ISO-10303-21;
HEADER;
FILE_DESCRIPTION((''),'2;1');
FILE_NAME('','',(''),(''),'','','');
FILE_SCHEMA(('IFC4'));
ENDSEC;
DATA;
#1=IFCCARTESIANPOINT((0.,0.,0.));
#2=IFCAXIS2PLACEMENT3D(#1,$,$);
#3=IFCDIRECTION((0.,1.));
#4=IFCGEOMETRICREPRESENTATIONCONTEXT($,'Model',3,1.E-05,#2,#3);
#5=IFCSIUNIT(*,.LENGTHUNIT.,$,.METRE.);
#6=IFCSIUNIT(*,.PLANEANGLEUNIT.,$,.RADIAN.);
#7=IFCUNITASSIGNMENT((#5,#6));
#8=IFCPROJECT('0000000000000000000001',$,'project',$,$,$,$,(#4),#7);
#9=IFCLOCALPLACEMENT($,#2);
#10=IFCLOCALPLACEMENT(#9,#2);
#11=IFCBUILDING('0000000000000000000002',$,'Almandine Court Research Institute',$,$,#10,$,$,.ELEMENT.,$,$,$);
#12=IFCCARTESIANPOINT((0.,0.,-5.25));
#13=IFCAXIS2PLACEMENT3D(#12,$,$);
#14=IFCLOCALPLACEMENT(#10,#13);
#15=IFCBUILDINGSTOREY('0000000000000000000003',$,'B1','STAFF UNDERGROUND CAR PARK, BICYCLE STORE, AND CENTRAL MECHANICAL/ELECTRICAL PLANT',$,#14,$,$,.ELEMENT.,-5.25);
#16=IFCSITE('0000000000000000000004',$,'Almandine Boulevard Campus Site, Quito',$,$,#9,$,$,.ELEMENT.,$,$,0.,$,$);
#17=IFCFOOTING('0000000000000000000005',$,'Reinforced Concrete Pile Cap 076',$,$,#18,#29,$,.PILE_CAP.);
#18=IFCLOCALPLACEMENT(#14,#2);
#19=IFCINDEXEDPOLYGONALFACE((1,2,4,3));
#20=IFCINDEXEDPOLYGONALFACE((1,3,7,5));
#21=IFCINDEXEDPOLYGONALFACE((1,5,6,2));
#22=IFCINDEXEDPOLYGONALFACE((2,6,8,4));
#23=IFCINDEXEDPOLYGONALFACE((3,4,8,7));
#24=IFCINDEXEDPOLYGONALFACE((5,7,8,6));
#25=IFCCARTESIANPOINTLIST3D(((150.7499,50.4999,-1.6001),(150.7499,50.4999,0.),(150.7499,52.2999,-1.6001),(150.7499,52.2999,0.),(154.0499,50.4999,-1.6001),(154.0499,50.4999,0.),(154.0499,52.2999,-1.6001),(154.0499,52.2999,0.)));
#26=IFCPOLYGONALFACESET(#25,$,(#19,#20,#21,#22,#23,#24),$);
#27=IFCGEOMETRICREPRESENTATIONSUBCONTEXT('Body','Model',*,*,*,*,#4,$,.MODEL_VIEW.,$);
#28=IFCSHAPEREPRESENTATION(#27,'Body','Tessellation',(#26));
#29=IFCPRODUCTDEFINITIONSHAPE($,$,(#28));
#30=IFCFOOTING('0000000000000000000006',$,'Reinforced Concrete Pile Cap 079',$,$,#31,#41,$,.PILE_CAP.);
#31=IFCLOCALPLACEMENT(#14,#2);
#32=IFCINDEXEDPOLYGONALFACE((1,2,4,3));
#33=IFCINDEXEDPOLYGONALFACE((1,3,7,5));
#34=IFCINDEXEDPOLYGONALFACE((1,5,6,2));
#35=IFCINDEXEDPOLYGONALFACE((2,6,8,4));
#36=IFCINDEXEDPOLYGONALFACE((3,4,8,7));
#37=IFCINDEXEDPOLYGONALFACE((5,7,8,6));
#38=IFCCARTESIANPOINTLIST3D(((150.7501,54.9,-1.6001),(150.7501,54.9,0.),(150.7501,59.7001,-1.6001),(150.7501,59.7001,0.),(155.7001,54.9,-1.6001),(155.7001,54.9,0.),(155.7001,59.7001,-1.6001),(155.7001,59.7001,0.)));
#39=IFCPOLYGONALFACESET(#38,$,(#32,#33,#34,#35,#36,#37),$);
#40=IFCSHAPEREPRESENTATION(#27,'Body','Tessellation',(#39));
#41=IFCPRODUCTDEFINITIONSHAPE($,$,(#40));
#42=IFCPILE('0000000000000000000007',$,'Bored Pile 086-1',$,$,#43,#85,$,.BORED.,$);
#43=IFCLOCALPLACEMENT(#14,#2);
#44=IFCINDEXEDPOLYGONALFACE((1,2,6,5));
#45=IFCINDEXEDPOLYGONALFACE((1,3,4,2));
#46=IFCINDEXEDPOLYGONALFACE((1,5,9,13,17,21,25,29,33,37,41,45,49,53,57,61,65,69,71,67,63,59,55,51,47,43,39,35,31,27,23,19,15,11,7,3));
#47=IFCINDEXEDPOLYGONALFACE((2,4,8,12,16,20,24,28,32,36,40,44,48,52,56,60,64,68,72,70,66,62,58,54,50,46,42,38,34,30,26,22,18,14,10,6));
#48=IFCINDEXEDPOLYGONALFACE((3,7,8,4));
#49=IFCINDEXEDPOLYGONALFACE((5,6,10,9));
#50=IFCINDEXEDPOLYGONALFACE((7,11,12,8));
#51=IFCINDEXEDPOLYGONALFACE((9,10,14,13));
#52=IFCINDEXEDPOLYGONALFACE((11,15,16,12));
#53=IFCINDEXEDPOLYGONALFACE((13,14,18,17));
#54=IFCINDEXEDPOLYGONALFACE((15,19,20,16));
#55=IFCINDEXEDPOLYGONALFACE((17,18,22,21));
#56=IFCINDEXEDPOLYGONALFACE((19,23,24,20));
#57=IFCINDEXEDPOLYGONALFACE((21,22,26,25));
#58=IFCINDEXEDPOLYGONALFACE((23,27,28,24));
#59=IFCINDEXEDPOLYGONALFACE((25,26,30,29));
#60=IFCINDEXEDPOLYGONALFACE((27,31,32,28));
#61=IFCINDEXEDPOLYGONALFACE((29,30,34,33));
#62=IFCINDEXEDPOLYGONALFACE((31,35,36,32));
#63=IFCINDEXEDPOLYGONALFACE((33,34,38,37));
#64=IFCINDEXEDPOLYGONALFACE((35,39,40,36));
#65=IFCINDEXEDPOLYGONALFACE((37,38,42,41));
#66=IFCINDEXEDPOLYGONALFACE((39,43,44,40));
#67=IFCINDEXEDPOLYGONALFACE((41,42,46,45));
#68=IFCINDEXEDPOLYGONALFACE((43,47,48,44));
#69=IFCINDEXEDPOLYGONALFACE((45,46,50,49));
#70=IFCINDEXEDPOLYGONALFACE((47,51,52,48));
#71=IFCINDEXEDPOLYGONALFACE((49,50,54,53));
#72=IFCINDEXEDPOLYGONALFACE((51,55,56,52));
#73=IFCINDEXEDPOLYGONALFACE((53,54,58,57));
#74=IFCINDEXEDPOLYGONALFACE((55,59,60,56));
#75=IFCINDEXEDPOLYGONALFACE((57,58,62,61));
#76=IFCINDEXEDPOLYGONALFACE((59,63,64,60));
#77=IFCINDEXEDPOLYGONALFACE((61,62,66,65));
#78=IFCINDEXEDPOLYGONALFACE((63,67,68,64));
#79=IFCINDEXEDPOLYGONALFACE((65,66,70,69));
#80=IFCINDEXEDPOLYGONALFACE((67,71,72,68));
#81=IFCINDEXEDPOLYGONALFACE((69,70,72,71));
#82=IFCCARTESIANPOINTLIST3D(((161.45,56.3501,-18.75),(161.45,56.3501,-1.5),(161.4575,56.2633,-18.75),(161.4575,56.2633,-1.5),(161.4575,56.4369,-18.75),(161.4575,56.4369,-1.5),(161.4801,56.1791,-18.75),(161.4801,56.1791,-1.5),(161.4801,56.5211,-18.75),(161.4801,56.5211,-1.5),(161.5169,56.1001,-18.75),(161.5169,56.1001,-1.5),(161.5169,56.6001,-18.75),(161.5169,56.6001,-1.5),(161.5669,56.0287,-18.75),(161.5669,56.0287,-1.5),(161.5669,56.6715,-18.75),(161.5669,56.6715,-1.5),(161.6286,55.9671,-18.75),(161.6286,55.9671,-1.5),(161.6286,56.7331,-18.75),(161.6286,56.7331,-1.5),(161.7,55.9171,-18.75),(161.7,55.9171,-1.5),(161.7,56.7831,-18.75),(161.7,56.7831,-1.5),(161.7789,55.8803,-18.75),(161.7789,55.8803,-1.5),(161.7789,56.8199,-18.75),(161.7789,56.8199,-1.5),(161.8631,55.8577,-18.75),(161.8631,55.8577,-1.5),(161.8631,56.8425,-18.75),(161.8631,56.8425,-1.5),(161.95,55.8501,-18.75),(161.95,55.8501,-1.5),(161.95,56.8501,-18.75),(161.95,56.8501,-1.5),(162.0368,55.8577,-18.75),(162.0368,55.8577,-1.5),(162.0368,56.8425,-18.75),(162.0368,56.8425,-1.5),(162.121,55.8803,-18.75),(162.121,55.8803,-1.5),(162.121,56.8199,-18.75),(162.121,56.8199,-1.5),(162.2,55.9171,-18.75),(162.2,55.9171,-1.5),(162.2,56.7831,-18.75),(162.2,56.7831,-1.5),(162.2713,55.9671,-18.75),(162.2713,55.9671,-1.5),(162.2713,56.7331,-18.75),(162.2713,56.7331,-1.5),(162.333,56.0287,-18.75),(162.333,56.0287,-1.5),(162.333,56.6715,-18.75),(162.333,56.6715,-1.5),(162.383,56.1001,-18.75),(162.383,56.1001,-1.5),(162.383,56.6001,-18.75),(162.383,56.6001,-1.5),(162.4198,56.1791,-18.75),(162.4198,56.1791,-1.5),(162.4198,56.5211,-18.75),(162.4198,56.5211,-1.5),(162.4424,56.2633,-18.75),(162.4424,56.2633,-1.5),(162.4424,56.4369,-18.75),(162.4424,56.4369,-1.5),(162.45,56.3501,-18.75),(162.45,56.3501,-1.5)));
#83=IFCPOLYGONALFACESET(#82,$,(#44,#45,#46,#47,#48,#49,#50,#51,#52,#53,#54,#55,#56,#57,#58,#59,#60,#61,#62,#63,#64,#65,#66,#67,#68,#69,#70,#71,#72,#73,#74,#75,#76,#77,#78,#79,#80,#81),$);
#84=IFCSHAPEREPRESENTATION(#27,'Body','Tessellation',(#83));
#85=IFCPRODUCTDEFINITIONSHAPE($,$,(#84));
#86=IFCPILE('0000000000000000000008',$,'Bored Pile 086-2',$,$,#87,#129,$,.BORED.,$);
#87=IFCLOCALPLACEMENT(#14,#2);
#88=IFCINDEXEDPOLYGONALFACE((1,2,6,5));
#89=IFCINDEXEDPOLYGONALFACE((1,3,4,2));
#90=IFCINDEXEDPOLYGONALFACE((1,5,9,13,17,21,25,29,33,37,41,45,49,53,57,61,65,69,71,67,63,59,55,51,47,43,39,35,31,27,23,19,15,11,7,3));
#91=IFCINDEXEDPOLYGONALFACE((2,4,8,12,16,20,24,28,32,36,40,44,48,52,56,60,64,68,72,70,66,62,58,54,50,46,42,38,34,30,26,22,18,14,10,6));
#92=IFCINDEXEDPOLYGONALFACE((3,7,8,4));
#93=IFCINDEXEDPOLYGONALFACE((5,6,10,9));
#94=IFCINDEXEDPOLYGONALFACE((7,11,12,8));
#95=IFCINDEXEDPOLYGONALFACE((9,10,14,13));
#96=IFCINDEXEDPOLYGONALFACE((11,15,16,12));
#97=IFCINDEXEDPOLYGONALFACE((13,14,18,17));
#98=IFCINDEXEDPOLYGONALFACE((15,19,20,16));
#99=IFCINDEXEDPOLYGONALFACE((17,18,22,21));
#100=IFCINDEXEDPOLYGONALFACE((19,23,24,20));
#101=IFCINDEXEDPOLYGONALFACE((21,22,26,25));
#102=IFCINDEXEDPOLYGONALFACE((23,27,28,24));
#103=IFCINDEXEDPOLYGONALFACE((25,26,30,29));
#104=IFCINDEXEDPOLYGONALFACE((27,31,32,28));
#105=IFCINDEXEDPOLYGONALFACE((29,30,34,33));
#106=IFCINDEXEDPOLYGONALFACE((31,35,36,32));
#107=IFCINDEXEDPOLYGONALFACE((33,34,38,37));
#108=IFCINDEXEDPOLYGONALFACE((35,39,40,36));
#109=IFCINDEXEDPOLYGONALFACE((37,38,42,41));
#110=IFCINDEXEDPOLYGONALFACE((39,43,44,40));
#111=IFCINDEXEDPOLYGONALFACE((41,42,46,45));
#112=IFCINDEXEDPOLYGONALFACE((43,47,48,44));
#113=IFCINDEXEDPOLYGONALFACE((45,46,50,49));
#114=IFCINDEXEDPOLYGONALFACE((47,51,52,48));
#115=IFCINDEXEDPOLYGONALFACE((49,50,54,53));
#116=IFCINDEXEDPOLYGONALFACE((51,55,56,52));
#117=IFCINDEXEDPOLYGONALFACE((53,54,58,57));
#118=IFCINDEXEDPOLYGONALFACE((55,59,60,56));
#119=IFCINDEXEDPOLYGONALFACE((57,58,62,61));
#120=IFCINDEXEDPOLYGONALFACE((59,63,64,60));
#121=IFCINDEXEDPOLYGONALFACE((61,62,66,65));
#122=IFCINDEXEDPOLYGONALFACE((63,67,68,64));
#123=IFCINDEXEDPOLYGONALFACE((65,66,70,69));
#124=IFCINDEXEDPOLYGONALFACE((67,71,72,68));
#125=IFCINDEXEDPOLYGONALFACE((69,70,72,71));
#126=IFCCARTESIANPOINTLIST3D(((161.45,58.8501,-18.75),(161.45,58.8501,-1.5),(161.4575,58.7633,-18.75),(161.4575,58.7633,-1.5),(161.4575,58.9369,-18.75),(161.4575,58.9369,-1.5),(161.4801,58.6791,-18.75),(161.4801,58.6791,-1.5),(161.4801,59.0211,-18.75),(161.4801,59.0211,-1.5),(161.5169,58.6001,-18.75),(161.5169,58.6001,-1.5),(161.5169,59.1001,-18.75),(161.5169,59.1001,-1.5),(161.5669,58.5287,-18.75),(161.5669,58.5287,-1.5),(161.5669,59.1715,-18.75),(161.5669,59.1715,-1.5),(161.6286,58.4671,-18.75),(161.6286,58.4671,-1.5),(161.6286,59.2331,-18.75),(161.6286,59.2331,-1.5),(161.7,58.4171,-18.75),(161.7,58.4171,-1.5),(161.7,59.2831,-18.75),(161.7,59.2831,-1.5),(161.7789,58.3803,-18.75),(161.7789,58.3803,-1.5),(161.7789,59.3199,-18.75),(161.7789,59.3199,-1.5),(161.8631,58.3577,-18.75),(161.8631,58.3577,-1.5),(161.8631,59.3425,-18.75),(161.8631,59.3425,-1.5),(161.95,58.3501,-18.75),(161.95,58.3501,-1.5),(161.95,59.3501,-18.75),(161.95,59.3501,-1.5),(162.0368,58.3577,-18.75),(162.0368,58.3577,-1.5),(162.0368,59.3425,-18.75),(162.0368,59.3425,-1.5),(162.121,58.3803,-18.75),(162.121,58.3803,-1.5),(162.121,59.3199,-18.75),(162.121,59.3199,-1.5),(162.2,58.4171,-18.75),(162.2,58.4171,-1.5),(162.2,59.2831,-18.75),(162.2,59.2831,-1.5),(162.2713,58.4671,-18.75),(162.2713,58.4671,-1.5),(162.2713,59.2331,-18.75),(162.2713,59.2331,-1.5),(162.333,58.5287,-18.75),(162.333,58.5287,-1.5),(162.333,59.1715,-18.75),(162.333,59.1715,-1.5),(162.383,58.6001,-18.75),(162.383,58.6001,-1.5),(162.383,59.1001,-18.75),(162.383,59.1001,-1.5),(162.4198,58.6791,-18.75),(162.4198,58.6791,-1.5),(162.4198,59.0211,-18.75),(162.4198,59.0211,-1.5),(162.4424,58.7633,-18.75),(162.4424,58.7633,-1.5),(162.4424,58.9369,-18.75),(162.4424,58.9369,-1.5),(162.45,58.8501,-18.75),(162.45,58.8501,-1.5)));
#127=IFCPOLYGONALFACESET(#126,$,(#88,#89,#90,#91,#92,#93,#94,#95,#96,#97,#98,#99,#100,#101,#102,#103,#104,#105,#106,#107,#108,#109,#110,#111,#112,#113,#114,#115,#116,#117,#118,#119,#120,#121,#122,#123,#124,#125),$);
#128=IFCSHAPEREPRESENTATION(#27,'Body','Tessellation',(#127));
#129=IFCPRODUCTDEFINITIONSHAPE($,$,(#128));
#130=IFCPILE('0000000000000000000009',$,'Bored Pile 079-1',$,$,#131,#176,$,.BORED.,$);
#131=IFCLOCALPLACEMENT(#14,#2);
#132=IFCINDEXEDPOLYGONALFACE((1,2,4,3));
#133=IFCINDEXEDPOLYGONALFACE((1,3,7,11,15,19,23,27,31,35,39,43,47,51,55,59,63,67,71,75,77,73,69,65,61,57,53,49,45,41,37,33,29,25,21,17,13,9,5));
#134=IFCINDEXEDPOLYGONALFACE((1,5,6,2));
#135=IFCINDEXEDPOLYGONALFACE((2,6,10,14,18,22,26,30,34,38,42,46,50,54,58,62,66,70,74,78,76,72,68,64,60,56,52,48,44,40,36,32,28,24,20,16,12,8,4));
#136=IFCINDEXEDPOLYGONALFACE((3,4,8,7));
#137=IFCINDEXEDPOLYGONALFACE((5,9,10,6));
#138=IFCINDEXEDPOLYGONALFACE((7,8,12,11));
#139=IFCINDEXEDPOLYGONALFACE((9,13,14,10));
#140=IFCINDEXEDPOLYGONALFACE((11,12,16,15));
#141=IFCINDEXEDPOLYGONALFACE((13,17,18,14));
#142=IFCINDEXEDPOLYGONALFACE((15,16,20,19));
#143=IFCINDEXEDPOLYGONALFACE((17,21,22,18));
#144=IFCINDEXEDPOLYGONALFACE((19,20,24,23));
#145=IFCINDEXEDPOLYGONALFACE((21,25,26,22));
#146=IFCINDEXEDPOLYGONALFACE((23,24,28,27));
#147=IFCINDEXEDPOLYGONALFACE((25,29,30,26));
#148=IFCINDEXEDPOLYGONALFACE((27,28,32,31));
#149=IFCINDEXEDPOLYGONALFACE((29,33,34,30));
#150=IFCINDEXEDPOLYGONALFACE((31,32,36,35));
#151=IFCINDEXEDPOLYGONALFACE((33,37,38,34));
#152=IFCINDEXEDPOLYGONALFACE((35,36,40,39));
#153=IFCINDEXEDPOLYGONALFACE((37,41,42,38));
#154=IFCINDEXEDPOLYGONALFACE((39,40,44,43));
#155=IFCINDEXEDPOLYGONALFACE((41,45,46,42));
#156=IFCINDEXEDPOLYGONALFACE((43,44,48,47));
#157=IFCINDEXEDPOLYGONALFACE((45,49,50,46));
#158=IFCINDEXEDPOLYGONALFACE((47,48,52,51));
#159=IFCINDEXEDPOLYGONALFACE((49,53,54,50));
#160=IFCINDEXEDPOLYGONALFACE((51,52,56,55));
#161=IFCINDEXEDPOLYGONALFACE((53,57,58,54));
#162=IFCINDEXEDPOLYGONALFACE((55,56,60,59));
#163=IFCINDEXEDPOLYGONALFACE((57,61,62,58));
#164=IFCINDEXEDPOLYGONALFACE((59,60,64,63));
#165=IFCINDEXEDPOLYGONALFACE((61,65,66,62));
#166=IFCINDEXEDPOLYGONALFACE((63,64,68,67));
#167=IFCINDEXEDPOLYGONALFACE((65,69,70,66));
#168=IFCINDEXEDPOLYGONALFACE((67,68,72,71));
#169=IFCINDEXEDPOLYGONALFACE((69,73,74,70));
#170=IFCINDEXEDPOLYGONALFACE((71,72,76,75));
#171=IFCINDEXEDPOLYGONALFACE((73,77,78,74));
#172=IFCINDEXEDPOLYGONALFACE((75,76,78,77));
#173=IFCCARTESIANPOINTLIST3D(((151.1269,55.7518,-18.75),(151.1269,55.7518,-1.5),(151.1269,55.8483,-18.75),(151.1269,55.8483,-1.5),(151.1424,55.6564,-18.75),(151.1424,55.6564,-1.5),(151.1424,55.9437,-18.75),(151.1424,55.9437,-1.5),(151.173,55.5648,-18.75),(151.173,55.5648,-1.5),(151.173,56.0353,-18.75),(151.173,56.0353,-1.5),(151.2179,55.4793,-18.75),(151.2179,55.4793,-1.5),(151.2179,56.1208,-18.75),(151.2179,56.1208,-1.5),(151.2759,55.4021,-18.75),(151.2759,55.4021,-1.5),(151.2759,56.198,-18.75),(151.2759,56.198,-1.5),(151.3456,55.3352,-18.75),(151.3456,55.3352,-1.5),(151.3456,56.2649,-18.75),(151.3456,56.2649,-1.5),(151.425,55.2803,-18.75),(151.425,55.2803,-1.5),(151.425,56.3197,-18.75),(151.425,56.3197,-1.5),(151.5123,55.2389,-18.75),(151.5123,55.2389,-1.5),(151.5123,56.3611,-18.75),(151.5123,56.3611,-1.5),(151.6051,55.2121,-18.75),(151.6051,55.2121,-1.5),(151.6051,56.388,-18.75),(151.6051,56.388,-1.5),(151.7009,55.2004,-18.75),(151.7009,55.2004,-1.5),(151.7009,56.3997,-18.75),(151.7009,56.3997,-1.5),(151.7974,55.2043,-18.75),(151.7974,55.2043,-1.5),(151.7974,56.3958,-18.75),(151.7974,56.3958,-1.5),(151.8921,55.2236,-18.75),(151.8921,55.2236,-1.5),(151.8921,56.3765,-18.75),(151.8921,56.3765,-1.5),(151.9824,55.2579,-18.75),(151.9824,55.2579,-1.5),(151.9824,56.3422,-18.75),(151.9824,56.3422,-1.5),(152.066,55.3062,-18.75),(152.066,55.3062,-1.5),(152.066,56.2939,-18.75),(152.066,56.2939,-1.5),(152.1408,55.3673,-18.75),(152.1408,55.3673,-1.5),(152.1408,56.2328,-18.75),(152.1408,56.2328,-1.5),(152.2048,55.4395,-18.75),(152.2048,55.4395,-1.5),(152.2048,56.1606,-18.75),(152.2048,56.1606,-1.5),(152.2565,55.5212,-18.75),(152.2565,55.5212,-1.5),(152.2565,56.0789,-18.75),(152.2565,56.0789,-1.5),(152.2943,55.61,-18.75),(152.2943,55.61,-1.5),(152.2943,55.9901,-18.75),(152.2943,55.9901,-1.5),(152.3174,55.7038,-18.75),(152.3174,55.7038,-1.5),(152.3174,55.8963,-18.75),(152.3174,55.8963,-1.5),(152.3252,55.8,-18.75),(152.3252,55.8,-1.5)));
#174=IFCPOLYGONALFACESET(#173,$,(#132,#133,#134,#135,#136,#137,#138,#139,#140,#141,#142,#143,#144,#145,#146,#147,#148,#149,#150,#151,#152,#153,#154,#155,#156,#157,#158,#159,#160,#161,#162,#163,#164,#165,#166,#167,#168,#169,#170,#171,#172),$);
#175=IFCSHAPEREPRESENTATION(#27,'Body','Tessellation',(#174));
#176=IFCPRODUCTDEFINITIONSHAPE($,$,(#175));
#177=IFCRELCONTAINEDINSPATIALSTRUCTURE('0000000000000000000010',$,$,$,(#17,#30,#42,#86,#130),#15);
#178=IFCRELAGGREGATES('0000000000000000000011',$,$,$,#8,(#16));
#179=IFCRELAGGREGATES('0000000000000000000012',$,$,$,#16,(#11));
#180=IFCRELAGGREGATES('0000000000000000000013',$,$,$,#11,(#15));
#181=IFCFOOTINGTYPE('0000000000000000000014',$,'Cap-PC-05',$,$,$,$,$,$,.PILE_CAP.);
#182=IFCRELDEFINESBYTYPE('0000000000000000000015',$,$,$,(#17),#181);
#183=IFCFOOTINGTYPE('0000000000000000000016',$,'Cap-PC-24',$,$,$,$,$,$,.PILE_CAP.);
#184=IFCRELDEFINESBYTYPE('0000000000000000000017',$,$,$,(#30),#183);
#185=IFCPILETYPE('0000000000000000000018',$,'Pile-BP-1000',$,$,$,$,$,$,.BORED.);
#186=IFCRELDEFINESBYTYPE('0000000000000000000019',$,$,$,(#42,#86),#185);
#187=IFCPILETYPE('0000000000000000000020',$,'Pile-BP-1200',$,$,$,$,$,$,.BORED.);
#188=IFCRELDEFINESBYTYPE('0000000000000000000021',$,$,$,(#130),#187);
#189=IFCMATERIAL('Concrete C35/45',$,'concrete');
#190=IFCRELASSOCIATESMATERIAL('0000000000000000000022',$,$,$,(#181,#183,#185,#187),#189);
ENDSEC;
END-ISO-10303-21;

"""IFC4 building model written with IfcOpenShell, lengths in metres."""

from ifc_helpers import new_model, si_unit, direction, frame, origin, origin_2d, place, context, subcontext, project, spatial, rectangle, circle, extrude, material, material_profile, profile_set, type_object, element, save


model = new_model("IFC4")

# Units and contexts
model_context = context("Model", 3, precision=1e-05, world=origin(), true_north=direction((0.0, 1.0)))
body_context = subcontext(model_context, "Body", "Model", "MODEL_VIEW")
ifc_project = project(units=[si_unit("LENGTHUNIT", "METRE"), si_unit("PLANEANGLEUNIT", "RADIAN")], contexts=[model_context])

# Site, building, storey
site_placement = place(None, origin())
site = spatial("IfcSite", under=ifc_project, at=site_placement, Name="Almandine Boulevard Campus Site, Quito", CompositionType="ELEMENT", RefElevation=0.0)
building_placement = place(site_placement, origin())
building = spatial("IfcBuilding", under=site, at=building_placement, Name="Almandine Court Research Institute", CompositionType="ELEMENT")
storey_placement = place(building_placement, frame((0.0, 0.0, -5.25)))
storey = spatial("IfcBuildingStorey", under=building, at=storey_placement, Name="B1", Description="STAFF UNDERGROUND CAR PARK, BICYCLE STORE, AND CENTRAL MECHANICAL/ELECTRICAL PLANT", CompositionType="ELEMENT", Elevation=-5.25)

# Footings
ifc_material_1 = material(Name="Concrete C35/45", Category="concrete")
footing_type_1 = type_object("IfcFootingType", Name="Cap-PC-05", PredefinedType="PILE_CAP", material=ifc_material_1)
footing_1_placement = place(storey_placement, frame((152.3999, 51.3999, -1.6001), z_axis=(0.0, 0.0, 1.0), x_axis=(1.0, 0.0, 0.0)))
element("IfcFooting", 1, at=footing_1_placement, inside=storey, type_object=footing_type_1, Name="Reinforced Concrete Pile Cap 076", PredefinedType="PILE_CAP", context=body_context, shape_type="SweptSolid", body=[
    extrude(rectangle(XDim=3.3, YDim=1.8, at=origin_2d()), origin(), (0.0, 0.0, 1.0), 1.6001),
])
footing_type_2 = type_object("IfcFootingType", Name="Cap-PC-24", PredefinedType="PILE_CAP", material=ifc_material_1)
footing_2_placement = place(storey_placement, frame((153.2251, 57.3, -1.6001), z_axis=(0.0, 0.0, 1.0), x_axis=(1.0, 0.0, 0.0)))
element("IfcFooting", 2, at=footing_2_placement, inside=storey, type_object=footing_type_2, Name="Reinforced Concrete Pile Cap 079", PredefinedType="PILE_CAP", context=body_context, shape_type="SweptSolid", body=[
    extrude(rectangle(XDim=4.95, YDim=4.8, at=origin_2d()), origin(), (0.0, 0.0, 1.0), 1.6001),
])

# Piles
ifc_material_profile_1 = material_profile(ifc_material_1, circle(Radius=0.5, at=origin_2d()), Name="BORED PILE D1000")
ifc_profile_set_1 = profile_set([ifc_material_profile_1], Name="Concrete C35/45")
pile_type_1 = type_object("IfcPileType", Name="Pile-BP-1000", PredefinedType="BORED", material=ifc_profile_set_1)
for number, where, z_axis, x_axis, name in (
    (3, (161.95, 56.3501, -1.5), (0.0, 0.0, -1.0), (1.0, 0.0, 0.0), "Bored Pile 086-1"),
    (4, (161.95, 58.8501, -1.5), (0.0, 0.0, -1.0), (1.0, 0.0, 0.0), "Bored Pile 086-2"),
):
    element("IfcPile", number, at=place(storey_placement, frame(where, z_axis=z_axis, x_axis=x_axis)), inside=storey, type_object=pile_type_1, Name=name, PredefinedType="BORED", context=body_context, shape_type="SweptSolid", body=[
        extrude(circle(Radius=0.5, at=origin_2d()), origin(), (0.0, 0.0, 1.0), 17.25),
    ])
ifc_material_profile_2 = material_profile(ifc_material_1, circle(Radius=0.6001, at=origin_2d()), Name="BORED PILE D1200")
ifc_profile_set_2 = profile_set([ifc_material_profile_2], Name="Concrete C35/45")
pile_type_2 = type_object("IfcPileType", Name="Pile-BP-1200", PredefinedType="BORED", material=ifc_profile_set_2)
for number, where, z_axis, x_axis, name in (
    (5, (151.7251, 55.8, -1.5), (0.0, 0.0, -1.0), (1.0, 0.0, 0.0), "Bored Pile 079-1"),
):
    element("IfcPile", number, at=place(storey_placement, frame(where, z_axis=z_axis, x_axis=x_axis)), inside=storey, type_object=pile_type_2, Name=name, PredefinedType="BORED", context=body_context, shape_type="SweptSolid", body=[
        extrude(circle(Radius=0.6001, at=origin_2d()), origin(), (0.0, 0.0, 1.0), 17.25),
    ])

save(model, "model.ifc")
